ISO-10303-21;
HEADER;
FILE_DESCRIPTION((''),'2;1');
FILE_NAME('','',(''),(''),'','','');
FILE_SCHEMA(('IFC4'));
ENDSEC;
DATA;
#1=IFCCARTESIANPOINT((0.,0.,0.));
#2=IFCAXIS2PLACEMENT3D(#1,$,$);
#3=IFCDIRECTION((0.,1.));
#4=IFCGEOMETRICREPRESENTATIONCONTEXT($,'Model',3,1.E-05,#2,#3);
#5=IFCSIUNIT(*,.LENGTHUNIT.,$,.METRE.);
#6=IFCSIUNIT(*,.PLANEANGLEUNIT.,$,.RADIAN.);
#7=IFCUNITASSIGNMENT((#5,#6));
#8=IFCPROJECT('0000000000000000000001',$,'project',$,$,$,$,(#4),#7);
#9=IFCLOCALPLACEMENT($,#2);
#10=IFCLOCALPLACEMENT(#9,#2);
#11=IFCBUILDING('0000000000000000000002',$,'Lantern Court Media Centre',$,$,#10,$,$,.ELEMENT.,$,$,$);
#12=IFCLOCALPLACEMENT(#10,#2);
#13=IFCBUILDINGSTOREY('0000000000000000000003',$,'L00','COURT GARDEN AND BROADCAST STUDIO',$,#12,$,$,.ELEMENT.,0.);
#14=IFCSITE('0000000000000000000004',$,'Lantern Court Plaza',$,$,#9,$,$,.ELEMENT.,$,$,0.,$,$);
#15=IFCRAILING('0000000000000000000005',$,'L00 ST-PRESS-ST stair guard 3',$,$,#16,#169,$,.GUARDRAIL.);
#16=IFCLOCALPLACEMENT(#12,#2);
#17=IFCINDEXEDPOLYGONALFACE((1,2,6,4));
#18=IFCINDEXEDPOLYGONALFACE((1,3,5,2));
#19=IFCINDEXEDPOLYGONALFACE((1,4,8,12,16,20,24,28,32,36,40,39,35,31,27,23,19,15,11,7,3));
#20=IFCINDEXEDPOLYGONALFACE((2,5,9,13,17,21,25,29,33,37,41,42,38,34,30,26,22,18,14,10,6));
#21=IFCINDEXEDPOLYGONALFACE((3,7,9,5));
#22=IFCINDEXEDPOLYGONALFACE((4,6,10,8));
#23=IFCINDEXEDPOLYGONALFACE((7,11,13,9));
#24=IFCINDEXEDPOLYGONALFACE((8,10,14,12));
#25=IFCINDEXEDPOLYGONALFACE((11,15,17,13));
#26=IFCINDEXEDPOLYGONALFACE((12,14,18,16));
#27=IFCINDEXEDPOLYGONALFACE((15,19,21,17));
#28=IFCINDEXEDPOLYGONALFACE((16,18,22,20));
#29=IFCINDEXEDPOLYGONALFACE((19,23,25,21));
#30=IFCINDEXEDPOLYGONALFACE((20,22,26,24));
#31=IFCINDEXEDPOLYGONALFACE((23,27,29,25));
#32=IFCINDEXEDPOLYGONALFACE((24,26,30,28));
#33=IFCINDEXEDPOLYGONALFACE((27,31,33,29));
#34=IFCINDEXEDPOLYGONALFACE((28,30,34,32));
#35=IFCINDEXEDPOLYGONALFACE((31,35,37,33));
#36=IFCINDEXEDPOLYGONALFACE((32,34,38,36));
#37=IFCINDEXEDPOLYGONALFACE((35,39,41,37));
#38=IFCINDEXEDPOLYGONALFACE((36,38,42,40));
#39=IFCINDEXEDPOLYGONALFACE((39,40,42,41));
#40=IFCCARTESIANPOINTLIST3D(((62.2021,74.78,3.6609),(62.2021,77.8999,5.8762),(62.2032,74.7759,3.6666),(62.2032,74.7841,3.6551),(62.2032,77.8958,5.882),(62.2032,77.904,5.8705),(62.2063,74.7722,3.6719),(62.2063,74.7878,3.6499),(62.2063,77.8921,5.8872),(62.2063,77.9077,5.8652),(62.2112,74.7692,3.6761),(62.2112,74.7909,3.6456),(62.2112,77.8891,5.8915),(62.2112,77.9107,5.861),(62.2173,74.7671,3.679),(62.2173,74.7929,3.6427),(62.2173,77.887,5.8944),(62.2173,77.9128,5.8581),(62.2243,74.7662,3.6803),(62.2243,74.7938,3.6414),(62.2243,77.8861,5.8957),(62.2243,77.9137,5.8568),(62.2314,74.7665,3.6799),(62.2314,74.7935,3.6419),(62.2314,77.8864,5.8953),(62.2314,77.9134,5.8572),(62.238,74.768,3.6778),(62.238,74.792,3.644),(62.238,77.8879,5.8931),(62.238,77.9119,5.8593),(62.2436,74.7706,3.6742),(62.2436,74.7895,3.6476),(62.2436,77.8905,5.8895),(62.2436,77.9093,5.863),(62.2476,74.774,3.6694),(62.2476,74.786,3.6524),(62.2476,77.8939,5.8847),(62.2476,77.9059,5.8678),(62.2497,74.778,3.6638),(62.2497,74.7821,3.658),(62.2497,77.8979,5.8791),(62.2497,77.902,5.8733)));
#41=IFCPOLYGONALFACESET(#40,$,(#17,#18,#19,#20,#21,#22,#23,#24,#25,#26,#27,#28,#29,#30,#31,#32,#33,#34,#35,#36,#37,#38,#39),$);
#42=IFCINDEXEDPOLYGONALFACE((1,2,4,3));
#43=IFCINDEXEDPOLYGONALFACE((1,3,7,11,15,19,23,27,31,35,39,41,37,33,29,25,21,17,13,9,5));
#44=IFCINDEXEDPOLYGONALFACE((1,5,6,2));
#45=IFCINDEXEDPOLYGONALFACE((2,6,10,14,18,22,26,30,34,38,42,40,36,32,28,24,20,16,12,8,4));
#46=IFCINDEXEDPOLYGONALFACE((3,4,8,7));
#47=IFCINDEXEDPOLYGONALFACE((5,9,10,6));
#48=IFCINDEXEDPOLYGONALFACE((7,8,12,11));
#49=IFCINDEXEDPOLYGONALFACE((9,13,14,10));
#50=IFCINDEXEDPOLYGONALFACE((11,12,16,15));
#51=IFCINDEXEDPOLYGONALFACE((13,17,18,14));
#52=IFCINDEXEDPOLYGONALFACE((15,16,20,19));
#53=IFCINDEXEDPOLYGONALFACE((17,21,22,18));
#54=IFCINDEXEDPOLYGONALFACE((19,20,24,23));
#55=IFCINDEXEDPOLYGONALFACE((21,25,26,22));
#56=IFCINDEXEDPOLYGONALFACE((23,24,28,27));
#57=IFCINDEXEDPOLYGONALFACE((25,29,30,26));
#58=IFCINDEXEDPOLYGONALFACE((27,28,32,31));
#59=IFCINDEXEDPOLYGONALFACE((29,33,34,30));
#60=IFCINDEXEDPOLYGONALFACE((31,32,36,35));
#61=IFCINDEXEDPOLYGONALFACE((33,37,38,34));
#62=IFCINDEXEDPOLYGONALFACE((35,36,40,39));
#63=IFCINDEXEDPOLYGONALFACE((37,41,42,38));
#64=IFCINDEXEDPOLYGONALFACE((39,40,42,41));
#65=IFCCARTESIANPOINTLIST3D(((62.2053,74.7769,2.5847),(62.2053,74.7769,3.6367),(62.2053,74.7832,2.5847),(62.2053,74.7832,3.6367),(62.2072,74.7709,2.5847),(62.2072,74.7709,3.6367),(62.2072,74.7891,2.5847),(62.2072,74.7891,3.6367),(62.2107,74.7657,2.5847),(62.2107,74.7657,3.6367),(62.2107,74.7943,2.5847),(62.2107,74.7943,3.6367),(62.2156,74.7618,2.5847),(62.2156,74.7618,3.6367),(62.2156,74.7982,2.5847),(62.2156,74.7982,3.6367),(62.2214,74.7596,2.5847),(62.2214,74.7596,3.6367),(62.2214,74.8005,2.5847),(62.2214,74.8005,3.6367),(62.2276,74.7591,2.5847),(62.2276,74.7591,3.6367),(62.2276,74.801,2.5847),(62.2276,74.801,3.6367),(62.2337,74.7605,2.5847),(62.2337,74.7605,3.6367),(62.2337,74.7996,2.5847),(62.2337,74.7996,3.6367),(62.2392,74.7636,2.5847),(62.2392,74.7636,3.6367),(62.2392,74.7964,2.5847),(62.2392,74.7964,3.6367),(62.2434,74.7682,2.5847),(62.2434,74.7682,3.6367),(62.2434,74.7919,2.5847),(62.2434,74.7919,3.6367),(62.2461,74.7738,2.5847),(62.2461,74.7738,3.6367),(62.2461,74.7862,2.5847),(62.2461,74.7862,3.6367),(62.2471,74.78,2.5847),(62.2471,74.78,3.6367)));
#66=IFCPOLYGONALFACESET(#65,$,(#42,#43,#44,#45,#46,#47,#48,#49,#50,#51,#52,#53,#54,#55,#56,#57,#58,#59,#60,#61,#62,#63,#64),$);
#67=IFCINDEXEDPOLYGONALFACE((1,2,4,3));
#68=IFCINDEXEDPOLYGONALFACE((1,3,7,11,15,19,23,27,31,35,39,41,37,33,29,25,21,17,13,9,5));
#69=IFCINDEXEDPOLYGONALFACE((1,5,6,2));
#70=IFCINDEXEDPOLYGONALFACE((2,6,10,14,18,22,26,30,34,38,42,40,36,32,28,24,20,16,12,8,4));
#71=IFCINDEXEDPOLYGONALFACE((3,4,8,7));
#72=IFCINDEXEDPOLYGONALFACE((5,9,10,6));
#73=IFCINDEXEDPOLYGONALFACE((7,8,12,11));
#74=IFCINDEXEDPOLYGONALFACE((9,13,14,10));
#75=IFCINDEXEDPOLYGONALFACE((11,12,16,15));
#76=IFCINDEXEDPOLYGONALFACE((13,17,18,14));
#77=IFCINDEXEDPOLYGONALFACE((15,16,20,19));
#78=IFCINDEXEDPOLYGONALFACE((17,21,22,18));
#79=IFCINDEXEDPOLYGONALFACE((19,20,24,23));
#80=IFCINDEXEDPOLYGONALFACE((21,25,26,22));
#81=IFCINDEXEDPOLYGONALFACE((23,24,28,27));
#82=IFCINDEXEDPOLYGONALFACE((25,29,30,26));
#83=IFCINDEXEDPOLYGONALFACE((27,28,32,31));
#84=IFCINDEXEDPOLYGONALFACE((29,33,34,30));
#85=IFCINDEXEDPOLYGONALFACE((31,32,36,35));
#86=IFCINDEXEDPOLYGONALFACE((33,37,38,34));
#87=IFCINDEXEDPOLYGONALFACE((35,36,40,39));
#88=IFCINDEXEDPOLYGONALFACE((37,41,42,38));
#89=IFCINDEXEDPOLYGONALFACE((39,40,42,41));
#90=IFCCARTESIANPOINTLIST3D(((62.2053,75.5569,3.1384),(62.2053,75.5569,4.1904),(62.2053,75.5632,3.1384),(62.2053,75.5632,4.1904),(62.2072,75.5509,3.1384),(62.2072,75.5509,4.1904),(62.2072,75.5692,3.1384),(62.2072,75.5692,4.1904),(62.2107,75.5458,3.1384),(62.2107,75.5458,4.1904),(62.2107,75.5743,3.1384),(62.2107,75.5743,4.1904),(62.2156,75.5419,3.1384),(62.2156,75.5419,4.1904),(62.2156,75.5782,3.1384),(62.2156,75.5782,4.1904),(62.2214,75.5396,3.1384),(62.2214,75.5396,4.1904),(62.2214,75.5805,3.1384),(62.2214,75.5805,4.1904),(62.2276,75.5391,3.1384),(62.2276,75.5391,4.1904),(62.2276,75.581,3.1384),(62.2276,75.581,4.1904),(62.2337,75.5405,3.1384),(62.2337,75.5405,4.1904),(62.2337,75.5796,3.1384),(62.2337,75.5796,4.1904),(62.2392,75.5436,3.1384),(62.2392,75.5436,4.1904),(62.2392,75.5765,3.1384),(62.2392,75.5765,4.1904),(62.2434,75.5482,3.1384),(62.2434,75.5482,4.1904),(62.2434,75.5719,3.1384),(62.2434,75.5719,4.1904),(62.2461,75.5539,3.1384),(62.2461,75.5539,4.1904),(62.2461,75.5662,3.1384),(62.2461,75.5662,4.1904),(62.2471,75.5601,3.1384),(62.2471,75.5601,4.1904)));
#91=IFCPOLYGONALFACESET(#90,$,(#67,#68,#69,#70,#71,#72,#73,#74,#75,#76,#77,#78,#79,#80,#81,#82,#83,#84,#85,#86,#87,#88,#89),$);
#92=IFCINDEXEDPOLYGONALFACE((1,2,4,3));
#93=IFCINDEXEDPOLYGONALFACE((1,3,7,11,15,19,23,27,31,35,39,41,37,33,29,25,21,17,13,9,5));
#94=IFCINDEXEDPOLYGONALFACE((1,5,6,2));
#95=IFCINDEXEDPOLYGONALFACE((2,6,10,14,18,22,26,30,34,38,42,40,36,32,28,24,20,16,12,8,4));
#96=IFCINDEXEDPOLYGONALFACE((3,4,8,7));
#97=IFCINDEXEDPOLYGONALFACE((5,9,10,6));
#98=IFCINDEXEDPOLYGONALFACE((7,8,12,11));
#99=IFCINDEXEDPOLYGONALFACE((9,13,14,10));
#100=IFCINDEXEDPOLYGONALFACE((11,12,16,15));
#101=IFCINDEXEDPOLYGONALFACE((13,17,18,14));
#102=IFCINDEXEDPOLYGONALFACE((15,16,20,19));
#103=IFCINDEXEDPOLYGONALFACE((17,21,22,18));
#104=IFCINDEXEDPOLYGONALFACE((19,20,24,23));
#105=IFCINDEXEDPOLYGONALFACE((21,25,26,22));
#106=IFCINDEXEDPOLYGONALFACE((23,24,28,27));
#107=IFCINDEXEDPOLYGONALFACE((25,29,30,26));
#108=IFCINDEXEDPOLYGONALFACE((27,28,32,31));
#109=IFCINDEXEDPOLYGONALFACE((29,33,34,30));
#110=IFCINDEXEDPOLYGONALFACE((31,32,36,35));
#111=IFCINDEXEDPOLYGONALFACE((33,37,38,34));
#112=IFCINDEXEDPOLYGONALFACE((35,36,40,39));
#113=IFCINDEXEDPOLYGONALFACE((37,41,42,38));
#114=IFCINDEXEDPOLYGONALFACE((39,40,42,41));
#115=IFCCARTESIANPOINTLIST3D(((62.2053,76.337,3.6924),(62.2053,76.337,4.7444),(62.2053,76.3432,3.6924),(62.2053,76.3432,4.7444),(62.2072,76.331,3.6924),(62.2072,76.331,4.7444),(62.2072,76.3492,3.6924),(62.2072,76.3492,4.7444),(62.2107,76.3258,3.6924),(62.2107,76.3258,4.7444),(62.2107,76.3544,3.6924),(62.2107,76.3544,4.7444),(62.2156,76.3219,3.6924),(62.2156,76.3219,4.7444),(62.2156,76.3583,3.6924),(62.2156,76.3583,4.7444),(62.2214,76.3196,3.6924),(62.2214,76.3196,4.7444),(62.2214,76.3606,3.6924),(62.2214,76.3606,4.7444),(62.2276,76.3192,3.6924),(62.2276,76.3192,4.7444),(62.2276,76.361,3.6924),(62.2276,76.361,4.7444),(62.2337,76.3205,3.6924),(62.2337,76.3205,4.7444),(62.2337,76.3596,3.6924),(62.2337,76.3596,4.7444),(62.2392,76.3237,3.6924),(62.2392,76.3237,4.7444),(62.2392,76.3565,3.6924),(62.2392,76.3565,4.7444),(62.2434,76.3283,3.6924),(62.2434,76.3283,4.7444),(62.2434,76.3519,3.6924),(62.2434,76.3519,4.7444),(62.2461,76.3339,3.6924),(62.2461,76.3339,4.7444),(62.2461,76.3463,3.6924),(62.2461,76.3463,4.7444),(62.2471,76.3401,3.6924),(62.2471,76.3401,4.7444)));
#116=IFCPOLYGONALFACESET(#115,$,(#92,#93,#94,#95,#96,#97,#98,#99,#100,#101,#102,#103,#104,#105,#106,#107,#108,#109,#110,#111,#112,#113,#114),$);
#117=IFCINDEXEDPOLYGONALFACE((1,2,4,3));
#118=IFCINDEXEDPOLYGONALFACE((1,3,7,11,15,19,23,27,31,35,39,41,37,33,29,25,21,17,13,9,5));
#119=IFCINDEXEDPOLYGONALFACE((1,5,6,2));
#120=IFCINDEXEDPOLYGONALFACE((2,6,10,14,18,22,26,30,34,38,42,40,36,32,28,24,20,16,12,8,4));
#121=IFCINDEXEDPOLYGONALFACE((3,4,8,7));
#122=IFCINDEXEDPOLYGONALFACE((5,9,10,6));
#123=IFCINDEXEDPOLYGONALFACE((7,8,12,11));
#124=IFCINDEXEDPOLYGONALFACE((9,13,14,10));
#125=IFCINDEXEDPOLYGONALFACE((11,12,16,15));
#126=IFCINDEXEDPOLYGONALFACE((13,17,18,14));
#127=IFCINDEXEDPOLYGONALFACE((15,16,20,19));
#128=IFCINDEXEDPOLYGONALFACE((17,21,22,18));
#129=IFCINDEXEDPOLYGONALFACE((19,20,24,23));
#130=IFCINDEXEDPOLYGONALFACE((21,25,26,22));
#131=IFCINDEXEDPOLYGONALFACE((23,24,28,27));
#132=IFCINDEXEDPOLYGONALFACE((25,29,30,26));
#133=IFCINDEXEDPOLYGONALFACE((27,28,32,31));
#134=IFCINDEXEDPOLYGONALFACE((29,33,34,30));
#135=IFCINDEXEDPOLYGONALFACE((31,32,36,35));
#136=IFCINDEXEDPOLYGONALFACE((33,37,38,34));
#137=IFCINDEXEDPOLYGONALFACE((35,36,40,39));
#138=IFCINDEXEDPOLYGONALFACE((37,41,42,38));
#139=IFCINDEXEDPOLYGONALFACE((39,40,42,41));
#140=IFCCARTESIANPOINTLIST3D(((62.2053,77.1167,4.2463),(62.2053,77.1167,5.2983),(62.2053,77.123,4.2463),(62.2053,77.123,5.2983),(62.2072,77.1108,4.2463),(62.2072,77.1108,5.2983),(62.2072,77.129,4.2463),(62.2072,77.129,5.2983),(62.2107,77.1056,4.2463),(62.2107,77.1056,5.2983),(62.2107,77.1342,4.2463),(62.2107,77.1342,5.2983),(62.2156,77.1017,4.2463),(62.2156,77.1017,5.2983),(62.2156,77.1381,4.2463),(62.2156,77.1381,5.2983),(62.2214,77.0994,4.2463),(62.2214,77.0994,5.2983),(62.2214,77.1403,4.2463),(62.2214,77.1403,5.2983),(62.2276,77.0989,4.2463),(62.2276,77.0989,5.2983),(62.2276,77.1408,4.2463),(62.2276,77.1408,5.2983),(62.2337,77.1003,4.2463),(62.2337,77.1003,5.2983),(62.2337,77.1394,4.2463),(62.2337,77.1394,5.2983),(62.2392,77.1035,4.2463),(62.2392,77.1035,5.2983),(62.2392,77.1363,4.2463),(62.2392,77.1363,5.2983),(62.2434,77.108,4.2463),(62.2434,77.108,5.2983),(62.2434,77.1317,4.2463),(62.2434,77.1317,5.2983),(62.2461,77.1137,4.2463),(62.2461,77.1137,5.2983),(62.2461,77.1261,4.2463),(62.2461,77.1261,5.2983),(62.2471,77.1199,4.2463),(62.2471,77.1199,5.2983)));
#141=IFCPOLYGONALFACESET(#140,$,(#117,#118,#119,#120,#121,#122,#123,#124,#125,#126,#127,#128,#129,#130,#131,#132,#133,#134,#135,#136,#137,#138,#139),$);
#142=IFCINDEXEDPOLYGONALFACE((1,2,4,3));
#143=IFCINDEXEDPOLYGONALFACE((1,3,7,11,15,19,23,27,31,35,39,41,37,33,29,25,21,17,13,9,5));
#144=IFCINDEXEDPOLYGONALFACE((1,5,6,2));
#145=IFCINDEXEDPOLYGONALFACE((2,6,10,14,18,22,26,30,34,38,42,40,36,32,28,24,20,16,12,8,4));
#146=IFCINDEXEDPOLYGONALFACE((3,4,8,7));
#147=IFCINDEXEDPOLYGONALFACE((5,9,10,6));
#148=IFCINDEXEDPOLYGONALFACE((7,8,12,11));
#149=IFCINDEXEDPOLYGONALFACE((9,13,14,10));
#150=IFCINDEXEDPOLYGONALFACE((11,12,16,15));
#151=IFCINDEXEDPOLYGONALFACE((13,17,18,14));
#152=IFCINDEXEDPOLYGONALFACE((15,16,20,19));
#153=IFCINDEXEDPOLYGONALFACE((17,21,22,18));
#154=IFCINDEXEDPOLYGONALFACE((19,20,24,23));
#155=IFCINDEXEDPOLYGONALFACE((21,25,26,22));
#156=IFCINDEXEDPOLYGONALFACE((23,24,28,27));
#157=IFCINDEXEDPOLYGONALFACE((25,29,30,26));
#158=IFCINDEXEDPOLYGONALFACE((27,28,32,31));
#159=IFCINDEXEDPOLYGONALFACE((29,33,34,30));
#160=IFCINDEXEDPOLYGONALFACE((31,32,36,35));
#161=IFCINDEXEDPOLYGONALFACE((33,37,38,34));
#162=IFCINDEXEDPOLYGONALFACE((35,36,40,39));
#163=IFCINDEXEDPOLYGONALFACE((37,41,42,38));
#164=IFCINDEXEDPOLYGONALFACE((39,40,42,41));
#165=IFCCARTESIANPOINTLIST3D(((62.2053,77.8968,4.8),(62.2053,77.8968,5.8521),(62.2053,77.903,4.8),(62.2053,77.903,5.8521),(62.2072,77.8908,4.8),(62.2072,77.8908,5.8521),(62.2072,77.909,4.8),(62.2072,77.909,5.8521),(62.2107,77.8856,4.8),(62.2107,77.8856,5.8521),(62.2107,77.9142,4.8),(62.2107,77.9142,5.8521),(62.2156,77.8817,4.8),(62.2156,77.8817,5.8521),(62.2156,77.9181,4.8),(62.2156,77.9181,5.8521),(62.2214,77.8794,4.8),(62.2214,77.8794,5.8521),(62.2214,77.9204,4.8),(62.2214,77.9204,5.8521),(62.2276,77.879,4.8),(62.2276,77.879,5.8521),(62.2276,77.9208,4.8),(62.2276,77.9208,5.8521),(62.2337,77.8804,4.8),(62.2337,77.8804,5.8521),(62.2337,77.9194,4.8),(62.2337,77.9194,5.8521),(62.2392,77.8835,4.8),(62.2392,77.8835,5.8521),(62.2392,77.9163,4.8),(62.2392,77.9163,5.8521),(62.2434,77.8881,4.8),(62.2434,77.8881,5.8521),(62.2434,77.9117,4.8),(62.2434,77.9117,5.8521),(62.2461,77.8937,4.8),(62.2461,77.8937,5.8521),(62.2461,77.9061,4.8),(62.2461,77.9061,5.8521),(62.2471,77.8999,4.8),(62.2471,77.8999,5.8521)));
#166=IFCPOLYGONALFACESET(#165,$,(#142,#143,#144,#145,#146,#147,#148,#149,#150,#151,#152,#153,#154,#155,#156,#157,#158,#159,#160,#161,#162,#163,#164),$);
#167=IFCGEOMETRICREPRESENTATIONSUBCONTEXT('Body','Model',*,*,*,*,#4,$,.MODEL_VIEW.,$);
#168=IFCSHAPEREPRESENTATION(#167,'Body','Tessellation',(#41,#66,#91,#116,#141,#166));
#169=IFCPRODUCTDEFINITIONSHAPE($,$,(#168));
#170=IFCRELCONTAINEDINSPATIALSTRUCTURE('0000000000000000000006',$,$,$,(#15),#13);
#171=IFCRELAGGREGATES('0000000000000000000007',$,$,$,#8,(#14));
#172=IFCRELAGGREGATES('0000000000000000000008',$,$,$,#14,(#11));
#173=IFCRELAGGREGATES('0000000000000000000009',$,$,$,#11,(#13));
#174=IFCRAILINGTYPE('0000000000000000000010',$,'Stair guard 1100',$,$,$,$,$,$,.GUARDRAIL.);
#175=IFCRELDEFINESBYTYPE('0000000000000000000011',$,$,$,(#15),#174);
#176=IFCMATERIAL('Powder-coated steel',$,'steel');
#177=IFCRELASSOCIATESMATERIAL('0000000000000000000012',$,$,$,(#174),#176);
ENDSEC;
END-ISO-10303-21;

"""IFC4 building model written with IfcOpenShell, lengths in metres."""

from ifc_helpers import new_model, si_unit, direction, frame, origin, origin_2d, place, context, subcontext, project, spatial, circle, extrude, material, type_object, element, save


model = new_model("IFC4")

# Units and contexts
model_context = context("Model", 3, precision=1e-05, world=origin(), true_north=direction((0.0, 1.0)))
body_context = subcontext(model_context, "Body", "Model", "MODEL_VIEW")
ifc_project = project(units=[si_unit("LENGTHUNIT", "METRE"), si_unit("PLANEANGLEUNIT", "RADIAN")], contexts=[model_context])

# Site, building, storey
site_placement = place(None, origin())
site = spatial("IfcSite", under=ifc_project, at=site_placement, Name="Lantern Court Plaza", CompositionType="ELEMENT", RefElevation=0.0)
building_placement = place(site_placement, origin())
building = spatial("IfcBuilding", under=site, at=building_placement, Name="Lantern Court Media Centre", CompositionType="ELEMENT")
storey_placement = place(building_placement, origin())
storey = spatial("IfcBuildingStorey", under=building, at=storey_placement, Name="L00", Description="COURT GARDEN AND BROADCAST STUDIO", CompositionType="ELEMENT", Elevation=0.0)

# Railing
ifc_material_1 = material(Name="Powder-coated steel", Category="steel")
railing_type_1 = type_object("IfcRailingType", Name="Stair guard 1100", PredefinedType="GUARDRAIL", material=ifc_material_1)
railing_1_placement = place(storey_placement, frame((62.2261, 74.78, 2.5847)))
element("IfcRailing", 1, at=railing_1_placement, inside=storey, type_object=railing_type_1, Name="L00 ST-PRESS-ST stair guard 3", PredefinedType="GUARDRAIL", context=body_context, shape_type="SweptSolid", body=[
    extrude(circle(Radius=0.0239, at=origin_2d()), frame((0.0, 0.0, 1.0762), z_axis=(0.0, 0.815356, 0.578961), x_axis=(-1.0, 0.0, 0.0)), (0.0, 0.0, 1.0), 3.8264),
    extrude(circle(Radius=0.021, at=origin_2d()), origin(), (0.0, 0.0, 1.0), 1.052),
    extrude(circle(Radius=0.021, at=origin_2d()), frame((0.0, 0.78, 0.5537)), (0.0, 0.0, 1.0), 1.052),
    extrude(circle(Radius=0.021, at=origin_2d()), frame((0.0, 1.5601, 1.1077)), (0.0, 0.0, 1.0), 1.052),
    extrude(circle(Radius=0.021, at=origin_2d()), frame((0.0, 2.3398, 1.6616)), (0.0, 0.0, 1.0), 1.052),
    extrude(circle(Radius=0.021, at=origin_2d()), frame((0.0, 3.1199, 2.2153)), (0.0, 0.0, 1.0), 1.052),
])

save(model, "model.ifc")
